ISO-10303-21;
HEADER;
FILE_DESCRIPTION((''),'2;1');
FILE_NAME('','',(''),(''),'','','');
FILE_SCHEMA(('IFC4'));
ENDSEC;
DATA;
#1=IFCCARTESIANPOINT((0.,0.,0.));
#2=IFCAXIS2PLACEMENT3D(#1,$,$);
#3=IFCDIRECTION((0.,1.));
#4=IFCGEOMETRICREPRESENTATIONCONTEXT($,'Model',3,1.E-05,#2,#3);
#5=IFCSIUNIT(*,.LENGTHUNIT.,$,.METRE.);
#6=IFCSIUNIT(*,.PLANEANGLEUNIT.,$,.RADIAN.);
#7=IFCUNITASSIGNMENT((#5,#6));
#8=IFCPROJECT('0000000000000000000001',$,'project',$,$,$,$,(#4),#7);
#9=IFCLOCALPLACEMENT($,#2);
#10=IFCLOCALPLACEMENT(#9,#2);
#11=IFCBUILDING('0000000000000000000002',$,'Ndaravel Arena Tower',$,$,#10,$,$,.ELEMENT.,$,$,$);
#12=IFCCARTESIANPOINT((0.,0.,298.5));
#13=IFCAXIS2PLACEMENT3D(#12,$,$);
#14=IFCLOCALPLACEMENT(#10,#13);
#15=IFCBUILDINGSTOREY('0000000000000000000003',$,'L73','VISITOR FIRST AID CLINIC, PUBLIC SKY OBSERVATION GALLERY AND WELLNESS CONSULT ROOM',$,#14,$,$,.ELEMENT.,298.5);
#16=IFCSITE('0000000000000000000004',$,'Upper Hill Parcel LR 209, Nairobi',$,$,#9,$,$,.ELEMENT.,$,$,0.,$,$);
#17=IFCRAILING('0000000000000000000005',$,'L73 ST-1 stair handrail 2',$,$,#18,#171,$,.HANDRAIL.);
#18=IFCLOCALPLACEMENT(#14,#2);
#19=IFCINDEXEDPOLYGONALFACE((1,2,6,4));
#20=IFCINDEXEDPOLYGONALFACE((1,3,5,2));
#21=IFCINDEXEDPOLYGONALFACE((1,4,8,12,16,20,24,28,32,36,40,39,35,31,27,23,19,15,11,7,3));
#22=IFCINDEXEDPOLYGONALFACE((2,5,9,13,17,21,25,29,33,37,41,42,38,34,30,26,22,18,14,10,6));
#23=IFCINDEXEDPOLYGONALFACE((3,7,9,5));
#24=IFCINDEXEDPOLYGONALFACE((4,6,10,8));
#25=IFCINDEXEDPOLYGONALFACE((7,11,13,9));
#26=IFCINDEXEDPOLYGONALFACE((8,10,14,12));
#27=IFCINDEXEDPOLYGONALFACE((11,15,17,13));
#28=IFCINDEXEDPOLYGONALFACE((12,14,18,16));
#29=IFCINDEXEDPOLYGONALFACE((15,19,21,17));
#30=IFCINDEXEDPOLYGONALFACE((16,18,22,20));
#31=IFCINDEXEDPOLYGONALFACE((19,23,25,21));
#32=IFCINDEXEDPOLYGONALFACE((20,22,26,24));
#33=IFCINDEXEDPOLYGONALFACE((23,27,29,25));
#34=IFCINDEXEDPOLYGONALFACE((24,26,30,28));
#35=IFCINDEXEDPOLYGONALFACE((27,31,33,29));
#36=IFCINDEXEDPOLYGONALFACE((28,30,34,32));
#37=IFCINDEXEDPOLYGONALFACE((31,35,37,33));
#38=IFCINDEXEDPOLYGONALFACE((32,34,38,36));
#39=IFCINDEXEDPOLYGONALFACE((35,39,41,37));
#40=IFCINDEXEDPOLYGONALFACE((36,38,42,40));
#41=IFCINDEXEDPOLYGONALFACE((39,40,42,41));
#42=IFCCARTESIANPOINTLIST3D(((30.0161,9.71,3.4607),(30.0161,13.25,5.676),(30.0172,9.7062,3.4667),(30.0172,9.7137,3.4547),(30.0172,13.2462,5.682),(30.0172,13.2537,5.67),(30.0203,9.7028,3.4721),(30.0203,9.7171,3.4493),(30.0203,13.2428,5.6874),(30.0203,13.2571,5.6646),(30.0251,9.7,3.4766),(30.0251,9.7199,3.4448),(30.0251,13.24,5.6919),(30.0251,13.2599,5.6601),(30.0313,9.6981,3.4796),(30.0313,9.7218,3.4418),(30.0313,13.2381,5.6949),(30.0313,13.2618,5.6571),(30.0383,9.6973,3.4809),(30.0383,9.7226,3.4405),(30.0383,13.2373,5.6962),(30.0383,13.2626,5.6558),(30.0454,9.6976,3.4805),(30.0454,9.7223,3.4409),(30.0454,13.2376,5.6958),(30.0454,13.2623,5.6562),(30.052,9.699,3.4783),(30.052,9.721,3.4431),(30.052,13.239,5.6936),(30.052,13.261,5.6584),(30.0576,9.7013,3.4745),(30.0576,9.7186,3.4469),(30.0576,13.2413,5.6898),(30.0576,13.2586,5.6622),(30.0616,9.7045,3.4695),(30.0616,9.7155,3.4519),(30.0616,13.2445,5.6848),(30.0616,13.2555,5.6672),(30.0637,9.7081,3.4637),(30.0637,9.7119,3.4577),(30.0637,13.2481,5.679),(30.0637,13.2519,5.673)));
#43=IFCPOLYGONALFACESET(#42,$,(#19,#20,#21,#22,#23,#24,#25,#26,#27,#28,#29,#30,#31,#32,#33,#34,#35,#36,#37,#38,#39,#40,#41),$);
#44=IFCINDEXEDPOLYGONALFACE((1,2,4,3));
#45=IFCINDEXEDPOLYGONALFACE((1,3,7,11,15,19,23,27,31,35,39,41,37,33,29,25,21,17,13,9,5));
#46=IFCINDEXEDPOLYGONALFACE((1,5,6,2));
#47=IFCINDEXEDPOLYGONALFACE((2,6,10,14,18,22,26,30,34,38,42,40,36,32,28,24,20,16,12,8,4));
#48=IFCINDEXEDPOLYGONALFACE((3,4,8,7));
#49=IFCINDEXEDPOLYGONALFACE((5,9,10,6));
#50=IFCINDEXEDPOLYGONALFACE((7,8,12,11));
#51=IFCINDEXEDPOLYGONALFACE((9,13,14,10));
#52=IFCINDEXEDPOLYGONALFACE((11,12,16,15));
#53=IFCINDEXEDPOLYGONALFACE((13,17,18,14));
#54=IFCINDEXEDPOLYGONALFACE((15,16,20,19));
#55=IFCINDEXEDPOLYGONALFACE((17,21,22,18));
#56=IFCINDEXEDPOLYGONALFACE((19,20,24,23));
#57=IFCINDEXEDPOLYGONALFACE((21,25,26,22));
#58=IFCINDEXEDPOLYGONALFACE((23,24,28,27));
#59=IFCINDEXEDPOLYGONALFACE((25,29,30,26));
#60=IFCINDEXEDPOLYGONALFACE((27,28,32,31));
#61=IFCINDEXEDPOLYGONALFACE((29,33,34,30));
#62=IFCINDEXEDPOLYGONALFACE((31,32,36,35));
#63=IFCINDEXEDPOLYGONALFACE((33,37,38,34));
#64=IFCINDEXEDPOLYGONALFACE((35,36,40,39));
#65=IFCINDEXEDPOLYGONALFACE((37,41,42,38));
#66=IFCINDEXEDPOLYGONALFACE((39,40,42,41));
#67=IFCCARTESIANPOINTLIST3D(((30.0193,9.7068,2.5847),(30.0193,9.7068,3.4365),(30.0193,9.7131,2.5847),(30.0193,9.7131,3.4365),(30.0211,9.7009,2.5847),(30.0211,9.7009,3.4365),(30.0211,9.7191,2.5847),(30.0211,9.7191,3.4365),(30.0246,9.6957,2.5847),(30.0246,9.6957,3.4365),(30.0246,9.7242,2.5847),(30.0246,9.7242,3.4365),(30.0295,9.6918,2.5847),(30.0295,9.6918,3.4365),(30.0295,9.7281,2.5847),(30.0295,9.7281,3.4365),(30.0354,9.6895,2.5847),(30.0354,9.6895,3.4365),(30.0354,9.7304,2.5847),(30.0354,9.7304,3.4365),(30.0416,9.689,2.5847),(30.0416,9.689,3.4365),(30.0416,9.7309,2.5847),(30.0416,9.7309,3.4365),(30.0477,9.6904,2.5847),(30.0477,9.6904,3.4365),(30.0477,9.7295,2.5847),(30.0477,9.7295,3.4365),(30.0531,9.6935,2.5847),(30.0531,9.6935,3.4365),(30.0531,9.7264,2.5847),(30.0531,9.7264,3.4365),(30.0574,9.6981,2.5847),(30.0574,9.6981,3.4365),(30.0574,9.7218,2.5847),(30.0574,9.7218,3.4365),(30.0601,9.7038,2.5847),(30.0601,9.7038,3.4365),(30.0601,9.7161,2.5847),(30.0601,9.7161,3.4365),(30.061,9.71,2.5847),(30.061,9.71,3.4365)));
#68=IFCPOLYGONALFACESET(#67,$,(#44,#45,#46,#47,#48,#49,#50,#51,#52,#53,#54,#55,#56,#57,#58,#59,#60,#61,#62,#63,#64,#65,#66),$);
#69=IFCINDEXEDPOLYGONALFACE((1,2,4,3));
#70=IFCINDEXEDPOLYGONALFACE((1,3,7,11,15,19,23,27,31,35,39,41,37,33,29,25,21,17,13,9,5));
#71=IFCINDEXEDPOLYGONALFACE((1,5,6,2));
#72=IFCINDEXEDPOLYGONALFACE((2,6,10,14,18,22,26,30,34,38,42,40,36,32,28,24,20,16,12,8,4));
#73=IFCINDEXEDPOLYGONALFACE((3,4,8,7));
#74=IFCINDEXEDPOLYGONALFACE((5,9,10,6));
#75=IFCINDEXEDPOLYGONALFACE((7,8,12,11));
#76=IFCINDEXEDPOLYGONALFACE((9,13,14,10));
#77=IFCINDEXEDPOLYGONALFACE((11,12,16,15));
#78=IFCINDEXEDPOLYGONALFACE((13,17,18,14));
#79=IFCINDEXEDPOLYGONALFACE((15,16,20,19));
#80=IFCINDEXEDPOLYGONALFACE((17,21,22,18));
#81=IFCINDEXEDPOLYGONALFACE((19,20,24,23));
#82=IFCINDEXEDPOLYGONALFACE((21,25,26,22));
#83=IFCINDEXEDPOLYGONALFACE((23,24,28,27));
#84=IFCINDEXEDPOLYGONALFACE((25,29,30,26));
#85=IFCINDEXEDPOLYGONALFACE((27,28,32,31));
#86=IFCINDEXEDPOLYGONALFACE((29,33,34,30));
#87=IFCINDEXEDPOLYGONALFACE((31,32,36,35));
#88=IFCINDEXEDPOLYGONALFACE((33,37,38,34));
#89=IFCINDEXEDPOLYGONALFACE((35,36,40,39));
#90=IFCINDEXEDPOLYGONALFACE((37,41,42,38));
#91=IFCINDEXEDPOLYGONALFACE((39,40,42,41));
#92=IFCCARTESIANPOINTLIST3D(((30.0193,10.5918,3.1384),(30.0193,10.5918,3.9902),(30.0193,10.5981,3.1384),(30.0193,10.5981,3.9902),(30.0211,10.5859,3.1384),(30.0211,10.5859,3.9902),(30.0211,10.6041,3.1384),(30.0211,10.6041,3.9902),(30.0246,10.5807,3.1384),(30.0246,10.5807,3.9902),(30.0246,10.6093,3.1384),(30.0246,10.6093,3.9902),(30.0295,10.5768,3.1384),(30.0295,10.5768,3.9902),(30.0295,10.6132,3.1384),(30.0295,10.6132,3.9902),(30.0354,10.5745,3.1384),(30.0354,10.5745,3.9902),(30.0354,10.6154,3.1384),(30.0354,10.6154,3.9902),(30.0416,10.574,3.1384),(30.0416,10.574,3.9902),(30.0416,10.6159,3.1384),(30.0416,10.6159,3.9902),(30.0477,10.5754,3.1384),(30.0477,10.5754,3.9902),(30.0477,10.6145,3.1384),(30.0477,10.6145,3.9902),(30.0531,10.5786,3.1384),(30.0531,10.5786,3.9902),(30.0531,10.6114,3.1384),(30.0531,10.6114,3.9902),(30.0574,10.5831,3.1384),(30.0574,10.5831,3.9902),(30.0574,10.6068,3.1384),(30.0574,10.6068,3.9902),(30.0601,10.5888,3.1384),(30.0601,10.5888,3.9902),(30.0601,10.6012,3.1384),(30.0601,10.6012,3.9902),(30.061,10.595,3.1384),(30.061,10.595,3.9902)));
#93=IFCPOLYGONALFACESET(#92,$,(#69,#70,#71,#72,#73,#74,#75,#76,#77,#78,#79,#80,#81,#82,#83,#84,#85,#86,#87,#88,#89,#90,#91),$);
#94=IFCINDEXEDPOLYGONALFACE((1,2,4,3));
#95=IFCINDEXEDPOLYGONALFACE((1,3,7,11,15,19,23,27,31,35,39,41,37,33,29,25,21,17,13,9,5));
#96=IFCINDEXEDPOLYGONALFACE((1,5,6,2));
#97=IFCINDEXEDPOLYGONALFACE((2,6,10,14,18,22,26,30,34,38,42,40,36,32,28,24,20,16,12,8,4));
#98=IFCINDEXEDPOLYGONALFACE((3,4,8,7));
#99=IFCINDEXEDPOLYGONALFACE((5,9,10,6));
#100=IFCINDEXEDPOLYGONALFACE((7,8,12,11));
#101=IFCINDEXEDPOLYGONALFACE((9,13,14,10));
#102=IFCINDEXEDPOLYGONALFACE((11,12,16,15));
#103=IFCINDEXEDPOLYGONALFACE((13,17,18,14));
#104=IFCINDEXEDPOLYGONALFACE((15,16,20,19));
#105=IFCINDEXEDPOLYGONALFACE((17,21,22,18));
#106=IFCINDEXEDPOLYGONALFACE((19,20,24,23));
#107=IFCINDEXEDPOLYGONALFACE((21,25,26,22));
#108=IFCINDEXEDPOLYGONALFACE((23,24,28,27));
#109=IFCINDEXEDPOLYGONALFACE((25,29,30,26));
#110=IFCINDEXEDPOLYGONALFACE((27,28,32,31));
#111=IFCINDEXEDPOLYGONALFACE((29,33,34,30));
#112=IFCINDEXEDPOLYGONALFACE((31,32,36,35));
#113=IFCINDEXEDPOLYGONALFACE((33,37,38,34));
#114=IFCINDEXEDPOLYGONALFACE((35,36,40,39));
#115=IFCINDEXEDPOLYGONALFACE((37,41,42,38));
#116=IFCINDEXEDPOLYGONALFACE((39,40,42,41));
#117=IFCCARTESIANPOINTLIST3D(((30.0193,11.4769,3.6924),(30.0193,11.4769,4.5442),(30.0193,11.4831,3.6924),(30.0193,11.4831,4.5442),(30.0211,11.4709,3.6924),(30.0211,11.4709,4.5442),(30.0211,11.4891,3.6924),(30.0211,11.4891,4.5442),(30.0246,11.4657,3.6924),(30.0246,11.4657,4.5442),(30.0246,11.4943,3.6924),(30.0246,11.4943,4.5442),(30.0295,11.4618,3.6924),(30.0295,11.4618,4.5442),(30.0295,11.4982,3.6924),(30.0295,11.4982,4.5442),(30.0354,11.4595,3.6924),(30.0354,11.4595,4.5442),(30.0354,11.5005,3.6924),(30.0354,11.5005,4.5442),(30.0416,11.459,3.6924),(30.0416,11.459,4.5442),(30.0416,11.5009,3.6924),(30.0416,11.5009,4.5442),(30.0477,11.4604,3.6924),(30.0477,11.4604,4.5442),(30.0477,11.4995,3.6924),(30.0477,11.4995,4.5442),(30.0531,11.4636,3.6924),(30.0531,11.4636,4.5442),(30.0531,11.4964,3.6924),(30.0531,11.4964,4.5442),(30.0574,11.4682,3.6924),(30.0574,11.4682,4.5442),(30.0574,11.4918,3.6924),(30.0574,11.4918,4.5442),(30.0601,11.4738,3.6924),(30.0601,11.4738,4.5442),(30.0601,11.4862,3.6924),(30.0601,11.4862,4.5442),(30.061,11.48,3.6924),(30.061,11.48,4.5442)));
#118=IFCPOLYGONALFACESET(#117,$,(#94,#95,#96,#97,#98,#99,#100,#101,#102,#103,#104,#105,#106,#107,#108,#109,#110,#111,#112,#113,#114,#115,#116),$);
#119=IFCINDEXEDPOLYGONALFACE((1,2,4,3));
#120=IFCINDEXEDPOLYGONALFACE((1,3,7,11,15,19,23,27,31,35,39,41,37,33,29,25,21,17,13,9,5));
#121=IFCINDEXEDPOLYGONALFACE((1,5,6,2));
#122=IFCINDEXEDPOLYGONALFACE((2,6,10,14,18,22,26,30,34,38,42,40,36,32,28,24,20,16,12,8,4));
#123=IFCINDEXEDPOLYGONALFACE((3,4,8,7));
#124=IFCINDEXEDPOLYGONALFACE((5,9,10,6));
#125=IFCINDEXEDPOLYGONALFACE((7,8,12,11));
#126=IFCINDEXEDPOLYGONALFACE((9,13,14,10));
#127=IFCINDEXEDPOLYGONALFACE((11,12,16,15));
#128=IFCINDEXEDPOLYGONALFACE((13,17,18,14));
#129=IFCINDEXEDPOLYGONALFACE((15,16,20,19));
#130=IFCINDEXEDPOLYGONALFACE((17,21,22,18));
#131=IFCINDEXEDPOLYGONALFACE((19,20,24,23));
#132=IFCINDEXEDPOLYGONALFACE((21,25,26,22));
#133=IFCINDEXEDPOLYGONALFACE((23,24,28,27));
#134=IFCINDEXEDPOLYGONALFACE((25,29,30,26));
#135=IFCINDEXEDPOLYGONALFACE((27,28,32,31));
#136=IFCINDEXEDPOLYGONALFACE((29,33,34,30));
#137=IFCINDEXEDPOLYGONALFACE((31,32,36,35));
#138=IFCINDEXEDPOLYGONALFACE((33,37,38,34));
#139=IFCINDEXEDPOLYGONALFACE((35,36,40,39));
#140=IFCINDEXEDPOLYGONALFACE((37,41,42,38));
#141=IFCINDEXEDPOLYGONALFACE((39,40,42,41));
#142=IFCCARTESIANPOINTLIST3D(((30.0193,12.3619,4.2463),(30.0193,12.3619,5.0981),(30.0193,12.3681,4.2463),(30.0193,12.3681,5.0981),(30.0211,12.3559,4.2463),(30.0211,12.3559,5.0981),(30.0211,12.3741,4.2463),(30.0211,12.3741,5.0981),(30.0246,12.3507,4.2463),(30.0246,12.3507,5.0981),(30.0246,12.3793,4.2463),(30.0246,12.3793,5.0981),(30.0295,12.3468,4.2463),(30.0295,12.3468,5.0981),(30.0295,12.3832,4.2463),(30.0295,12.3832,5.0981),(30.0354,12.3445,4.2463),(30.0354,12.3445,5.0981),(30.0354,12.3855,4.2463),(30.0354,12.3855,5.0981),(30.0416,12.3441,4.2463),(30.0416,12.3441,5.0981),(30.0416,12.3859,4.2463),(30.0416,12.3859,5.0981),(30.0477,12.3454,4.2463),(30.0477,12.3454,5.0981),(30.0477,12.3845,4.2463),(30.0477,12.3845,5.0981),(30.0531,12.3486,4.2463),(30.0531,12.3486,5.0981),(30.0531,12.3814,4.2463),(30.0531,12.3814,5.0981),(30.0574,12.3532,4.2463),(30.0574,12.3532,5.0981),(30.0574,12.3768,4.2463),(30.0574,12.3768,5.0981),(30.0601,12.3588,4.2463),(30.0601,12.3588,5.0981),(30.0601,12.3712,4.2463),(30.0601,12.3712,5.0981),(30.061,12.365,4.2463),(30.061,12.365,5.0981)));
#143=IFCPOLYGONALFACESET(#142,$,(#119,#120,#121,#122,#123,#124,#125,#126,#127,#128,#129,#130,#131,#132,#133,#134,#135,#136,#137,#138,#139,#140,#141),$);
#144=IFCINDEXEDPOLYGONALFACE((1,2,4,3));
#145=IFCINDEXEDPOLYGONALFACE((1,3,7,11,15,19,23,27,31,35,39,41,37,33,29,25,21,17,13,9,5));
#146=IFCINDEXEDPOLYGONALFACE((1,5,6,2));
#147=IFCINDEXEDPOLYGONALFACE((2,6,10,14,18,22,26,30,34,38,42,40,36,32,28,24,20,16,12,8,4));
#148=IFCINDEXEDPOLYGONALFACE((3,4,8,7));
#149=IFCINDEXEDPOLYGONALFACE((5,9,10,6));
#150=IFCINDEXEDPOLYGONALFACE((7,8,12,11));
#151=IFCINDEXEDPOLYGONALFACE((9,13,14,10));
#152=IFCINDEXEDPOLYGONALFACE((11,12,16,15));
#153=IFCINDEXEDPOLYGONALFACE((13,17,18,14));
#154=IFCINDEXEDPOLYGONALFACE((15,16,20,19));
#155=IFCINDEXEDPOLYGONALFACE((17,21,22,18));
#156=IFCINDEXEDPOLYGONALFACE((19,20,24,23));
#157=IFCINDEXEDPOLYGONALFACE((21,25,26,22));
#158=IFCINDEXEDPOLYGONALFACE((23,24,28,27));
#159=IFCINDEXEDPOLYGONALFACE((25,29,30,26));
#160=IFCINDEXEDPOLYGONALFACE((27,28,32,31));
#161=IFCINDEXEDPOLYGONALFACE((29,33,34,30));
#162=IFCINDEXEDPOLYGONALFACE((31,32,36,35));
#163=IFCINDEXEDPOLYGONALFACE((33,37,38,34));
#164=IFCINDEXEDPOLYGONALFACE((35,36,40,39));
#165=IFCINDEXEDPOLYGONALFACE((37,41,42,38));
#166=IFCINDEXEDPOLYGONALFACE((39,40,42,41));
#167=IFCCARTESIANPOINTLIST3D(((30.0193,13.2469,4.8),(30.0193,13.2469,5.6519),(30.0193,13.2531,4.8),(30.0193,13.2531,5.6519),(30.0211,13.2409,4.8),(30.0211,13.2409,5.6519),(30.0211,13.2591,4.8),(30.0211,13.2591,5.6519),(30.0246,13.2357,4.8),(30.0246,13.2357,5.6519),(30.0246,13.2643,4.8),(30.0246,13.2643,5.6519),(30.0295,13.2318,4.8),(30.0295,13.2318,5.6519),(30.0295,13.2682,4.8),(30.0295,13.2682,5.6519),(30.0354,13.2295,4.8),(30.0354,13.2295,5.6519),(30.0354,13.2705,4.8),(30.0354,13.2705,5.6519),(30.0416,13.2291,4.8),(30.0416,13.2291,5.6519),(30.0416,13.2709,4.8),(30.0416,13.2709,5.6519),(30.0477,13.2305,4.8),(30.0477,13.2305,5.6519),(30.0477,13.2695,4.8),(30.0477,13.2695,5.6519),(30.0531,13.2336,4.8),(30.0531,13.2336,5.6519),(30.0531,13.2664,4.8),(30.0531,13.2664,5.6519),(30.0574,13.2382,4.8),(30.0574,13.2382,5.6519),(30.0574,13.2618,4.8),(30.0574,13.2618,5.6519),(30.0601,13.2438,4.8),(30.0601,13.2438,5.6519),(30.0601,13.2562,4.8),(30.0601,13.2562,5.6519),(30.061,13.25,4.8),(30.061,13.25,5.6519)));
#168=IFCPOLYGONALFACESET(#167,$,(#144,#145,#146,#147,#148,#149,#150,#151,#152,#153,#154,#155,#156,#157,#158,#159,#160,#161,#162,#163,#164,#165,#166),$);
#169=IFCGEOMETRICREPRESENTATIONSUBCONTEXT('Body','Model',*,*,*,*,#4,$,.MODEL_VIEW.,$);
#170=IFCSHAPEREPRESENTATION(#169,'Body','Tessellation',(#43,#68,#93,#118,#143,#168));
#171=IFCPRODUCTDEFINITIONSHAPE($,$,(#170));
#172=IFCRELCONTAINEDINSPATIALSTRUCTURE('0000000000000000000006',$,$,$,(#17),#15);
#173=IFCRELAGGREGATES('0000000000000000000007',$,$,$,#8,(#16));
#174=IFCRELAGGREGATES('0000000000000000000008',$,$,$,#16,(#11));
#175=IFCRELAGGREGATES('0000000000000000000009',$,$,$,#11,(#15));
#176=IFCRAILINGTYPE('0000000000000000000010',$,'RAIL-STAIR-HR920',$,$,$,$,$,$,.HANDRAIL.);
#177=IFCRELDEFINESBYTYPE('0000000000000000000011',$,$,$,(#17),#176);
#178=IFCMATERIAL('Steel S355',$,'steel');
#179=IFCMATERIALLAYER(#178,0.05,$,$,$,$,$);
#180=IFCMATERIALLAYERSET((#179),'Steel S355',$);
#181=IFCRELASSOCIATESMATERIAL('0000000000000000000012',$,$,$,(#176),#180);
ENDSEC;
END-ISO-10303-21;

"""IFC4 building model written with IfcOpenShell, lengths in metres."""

from ifc_helpers import new_model, si_unit, direction, frame, origin, origin_2d, place, context, subcontext, project, spatial, circle, extrude, material, layer, layer_set, type_object, element, save


model = new_model("IFC4")

# Units and contexts
model_context = context("Model", 3, precision=1e-05, world=origin(), true_north=direction((0.0, 1.0)))
body_context = subcontext(model_context, "Body", "Model", "MODEL_VIEW")
ifc_project = project(units=[si_unit("LENGTHUNIT", "METRE"), si_unit("PLANEANGLEUNIT", "RADIAN")], contexts=[model_context])

# Site, building, storey
site_placement = place(None, origin())
site = spatial("IfcSite", under=ifc_project, at=site_placement, Name="Upper Hill Parcel LR 209, Nairobi", CompositionType="ELEMENT", RefElevation=0.0)
building_placement = place(site_placement, origin())
building = spatial("IfcBuilding", under=site, at=building_placement, Name="Ndaravel Arena Tower", CompositionType="ELEMENT")
storey_placement = place(building_placement, frame((0.0, 0.0, 298.5)))
storey = spatial("IfcBuildingStorey", under=building, at=storey_placement, Name="L73", Description="VISITOR FIRST AID CLINIC, PUBLIC SKY OBSERVATION GALLERY AND WELLNESS CONSULT ROOM", CompositionType="ELEMENT", Elevation=298.5)

# Railing
ifc_material_1 = material(Name="Steel S355", Category="steel")
ifc_layer_1 = layer(ifc_material_1, 0.05)
ifc_layer_set_1 = layer_set([ifc_layer_1], Name="Steel S355")
railing_type_1 = type_object("IfcRailingType", Name="RAIL-STAIR-HR920", PredefinedType="HANDRAIL", material=ifc_layer_set_1)
railing_1_placement = place(storey_placement, frame((30.04, 9.71, 2.5847)))
element("IfcRailing", 1, at=railing_1_placement, inside=storey, type_object=railing_type_1, Name="L73 ST-1 stair handrail 2", PredefinedType="HANDRAIL", context=body_context, shape_type="SweptSolid", body=[
    extrude(circle(Radius=0.0239, at=origin_2d()), frame((0.0, 0.0, 0.876), z_axis=(0.0, 0.847696, 0.530482), x_axis=(-1.0, 0.0, 0.0)), (0.0, 0.0, 1.0), 4.176),
    extrude(circle(Radius=0.021, at=origin_2d()), origin(), (0.0, 0.0, 1.0), 0.8518),
    extrude(circle(Radius=0.021, at=origin_2d()), frame((0.0, 0.885, 0.5537)), (0.0, 0.0, 1.0), 0.8518),
    extrude(circle(Radius=0.021, at=origin_2d()), frame((0.0, 1.77, 1.1077)), (0.0, 0.0, 1.0), 0.8518),
    extrude(circle(Radius=0.021, at=origin_2d()), frame((0.0, 2.655, 1.6616)), (0.0, 0.0, 1.0), 0.8518),
    extrude(circle(Radius=0.021, at=origin_2d()), frame((0.0, 3.54, 2.2153)), (0.0, 0.0, 1.0), 0.8518),
])

save(model, "model.ifc")
